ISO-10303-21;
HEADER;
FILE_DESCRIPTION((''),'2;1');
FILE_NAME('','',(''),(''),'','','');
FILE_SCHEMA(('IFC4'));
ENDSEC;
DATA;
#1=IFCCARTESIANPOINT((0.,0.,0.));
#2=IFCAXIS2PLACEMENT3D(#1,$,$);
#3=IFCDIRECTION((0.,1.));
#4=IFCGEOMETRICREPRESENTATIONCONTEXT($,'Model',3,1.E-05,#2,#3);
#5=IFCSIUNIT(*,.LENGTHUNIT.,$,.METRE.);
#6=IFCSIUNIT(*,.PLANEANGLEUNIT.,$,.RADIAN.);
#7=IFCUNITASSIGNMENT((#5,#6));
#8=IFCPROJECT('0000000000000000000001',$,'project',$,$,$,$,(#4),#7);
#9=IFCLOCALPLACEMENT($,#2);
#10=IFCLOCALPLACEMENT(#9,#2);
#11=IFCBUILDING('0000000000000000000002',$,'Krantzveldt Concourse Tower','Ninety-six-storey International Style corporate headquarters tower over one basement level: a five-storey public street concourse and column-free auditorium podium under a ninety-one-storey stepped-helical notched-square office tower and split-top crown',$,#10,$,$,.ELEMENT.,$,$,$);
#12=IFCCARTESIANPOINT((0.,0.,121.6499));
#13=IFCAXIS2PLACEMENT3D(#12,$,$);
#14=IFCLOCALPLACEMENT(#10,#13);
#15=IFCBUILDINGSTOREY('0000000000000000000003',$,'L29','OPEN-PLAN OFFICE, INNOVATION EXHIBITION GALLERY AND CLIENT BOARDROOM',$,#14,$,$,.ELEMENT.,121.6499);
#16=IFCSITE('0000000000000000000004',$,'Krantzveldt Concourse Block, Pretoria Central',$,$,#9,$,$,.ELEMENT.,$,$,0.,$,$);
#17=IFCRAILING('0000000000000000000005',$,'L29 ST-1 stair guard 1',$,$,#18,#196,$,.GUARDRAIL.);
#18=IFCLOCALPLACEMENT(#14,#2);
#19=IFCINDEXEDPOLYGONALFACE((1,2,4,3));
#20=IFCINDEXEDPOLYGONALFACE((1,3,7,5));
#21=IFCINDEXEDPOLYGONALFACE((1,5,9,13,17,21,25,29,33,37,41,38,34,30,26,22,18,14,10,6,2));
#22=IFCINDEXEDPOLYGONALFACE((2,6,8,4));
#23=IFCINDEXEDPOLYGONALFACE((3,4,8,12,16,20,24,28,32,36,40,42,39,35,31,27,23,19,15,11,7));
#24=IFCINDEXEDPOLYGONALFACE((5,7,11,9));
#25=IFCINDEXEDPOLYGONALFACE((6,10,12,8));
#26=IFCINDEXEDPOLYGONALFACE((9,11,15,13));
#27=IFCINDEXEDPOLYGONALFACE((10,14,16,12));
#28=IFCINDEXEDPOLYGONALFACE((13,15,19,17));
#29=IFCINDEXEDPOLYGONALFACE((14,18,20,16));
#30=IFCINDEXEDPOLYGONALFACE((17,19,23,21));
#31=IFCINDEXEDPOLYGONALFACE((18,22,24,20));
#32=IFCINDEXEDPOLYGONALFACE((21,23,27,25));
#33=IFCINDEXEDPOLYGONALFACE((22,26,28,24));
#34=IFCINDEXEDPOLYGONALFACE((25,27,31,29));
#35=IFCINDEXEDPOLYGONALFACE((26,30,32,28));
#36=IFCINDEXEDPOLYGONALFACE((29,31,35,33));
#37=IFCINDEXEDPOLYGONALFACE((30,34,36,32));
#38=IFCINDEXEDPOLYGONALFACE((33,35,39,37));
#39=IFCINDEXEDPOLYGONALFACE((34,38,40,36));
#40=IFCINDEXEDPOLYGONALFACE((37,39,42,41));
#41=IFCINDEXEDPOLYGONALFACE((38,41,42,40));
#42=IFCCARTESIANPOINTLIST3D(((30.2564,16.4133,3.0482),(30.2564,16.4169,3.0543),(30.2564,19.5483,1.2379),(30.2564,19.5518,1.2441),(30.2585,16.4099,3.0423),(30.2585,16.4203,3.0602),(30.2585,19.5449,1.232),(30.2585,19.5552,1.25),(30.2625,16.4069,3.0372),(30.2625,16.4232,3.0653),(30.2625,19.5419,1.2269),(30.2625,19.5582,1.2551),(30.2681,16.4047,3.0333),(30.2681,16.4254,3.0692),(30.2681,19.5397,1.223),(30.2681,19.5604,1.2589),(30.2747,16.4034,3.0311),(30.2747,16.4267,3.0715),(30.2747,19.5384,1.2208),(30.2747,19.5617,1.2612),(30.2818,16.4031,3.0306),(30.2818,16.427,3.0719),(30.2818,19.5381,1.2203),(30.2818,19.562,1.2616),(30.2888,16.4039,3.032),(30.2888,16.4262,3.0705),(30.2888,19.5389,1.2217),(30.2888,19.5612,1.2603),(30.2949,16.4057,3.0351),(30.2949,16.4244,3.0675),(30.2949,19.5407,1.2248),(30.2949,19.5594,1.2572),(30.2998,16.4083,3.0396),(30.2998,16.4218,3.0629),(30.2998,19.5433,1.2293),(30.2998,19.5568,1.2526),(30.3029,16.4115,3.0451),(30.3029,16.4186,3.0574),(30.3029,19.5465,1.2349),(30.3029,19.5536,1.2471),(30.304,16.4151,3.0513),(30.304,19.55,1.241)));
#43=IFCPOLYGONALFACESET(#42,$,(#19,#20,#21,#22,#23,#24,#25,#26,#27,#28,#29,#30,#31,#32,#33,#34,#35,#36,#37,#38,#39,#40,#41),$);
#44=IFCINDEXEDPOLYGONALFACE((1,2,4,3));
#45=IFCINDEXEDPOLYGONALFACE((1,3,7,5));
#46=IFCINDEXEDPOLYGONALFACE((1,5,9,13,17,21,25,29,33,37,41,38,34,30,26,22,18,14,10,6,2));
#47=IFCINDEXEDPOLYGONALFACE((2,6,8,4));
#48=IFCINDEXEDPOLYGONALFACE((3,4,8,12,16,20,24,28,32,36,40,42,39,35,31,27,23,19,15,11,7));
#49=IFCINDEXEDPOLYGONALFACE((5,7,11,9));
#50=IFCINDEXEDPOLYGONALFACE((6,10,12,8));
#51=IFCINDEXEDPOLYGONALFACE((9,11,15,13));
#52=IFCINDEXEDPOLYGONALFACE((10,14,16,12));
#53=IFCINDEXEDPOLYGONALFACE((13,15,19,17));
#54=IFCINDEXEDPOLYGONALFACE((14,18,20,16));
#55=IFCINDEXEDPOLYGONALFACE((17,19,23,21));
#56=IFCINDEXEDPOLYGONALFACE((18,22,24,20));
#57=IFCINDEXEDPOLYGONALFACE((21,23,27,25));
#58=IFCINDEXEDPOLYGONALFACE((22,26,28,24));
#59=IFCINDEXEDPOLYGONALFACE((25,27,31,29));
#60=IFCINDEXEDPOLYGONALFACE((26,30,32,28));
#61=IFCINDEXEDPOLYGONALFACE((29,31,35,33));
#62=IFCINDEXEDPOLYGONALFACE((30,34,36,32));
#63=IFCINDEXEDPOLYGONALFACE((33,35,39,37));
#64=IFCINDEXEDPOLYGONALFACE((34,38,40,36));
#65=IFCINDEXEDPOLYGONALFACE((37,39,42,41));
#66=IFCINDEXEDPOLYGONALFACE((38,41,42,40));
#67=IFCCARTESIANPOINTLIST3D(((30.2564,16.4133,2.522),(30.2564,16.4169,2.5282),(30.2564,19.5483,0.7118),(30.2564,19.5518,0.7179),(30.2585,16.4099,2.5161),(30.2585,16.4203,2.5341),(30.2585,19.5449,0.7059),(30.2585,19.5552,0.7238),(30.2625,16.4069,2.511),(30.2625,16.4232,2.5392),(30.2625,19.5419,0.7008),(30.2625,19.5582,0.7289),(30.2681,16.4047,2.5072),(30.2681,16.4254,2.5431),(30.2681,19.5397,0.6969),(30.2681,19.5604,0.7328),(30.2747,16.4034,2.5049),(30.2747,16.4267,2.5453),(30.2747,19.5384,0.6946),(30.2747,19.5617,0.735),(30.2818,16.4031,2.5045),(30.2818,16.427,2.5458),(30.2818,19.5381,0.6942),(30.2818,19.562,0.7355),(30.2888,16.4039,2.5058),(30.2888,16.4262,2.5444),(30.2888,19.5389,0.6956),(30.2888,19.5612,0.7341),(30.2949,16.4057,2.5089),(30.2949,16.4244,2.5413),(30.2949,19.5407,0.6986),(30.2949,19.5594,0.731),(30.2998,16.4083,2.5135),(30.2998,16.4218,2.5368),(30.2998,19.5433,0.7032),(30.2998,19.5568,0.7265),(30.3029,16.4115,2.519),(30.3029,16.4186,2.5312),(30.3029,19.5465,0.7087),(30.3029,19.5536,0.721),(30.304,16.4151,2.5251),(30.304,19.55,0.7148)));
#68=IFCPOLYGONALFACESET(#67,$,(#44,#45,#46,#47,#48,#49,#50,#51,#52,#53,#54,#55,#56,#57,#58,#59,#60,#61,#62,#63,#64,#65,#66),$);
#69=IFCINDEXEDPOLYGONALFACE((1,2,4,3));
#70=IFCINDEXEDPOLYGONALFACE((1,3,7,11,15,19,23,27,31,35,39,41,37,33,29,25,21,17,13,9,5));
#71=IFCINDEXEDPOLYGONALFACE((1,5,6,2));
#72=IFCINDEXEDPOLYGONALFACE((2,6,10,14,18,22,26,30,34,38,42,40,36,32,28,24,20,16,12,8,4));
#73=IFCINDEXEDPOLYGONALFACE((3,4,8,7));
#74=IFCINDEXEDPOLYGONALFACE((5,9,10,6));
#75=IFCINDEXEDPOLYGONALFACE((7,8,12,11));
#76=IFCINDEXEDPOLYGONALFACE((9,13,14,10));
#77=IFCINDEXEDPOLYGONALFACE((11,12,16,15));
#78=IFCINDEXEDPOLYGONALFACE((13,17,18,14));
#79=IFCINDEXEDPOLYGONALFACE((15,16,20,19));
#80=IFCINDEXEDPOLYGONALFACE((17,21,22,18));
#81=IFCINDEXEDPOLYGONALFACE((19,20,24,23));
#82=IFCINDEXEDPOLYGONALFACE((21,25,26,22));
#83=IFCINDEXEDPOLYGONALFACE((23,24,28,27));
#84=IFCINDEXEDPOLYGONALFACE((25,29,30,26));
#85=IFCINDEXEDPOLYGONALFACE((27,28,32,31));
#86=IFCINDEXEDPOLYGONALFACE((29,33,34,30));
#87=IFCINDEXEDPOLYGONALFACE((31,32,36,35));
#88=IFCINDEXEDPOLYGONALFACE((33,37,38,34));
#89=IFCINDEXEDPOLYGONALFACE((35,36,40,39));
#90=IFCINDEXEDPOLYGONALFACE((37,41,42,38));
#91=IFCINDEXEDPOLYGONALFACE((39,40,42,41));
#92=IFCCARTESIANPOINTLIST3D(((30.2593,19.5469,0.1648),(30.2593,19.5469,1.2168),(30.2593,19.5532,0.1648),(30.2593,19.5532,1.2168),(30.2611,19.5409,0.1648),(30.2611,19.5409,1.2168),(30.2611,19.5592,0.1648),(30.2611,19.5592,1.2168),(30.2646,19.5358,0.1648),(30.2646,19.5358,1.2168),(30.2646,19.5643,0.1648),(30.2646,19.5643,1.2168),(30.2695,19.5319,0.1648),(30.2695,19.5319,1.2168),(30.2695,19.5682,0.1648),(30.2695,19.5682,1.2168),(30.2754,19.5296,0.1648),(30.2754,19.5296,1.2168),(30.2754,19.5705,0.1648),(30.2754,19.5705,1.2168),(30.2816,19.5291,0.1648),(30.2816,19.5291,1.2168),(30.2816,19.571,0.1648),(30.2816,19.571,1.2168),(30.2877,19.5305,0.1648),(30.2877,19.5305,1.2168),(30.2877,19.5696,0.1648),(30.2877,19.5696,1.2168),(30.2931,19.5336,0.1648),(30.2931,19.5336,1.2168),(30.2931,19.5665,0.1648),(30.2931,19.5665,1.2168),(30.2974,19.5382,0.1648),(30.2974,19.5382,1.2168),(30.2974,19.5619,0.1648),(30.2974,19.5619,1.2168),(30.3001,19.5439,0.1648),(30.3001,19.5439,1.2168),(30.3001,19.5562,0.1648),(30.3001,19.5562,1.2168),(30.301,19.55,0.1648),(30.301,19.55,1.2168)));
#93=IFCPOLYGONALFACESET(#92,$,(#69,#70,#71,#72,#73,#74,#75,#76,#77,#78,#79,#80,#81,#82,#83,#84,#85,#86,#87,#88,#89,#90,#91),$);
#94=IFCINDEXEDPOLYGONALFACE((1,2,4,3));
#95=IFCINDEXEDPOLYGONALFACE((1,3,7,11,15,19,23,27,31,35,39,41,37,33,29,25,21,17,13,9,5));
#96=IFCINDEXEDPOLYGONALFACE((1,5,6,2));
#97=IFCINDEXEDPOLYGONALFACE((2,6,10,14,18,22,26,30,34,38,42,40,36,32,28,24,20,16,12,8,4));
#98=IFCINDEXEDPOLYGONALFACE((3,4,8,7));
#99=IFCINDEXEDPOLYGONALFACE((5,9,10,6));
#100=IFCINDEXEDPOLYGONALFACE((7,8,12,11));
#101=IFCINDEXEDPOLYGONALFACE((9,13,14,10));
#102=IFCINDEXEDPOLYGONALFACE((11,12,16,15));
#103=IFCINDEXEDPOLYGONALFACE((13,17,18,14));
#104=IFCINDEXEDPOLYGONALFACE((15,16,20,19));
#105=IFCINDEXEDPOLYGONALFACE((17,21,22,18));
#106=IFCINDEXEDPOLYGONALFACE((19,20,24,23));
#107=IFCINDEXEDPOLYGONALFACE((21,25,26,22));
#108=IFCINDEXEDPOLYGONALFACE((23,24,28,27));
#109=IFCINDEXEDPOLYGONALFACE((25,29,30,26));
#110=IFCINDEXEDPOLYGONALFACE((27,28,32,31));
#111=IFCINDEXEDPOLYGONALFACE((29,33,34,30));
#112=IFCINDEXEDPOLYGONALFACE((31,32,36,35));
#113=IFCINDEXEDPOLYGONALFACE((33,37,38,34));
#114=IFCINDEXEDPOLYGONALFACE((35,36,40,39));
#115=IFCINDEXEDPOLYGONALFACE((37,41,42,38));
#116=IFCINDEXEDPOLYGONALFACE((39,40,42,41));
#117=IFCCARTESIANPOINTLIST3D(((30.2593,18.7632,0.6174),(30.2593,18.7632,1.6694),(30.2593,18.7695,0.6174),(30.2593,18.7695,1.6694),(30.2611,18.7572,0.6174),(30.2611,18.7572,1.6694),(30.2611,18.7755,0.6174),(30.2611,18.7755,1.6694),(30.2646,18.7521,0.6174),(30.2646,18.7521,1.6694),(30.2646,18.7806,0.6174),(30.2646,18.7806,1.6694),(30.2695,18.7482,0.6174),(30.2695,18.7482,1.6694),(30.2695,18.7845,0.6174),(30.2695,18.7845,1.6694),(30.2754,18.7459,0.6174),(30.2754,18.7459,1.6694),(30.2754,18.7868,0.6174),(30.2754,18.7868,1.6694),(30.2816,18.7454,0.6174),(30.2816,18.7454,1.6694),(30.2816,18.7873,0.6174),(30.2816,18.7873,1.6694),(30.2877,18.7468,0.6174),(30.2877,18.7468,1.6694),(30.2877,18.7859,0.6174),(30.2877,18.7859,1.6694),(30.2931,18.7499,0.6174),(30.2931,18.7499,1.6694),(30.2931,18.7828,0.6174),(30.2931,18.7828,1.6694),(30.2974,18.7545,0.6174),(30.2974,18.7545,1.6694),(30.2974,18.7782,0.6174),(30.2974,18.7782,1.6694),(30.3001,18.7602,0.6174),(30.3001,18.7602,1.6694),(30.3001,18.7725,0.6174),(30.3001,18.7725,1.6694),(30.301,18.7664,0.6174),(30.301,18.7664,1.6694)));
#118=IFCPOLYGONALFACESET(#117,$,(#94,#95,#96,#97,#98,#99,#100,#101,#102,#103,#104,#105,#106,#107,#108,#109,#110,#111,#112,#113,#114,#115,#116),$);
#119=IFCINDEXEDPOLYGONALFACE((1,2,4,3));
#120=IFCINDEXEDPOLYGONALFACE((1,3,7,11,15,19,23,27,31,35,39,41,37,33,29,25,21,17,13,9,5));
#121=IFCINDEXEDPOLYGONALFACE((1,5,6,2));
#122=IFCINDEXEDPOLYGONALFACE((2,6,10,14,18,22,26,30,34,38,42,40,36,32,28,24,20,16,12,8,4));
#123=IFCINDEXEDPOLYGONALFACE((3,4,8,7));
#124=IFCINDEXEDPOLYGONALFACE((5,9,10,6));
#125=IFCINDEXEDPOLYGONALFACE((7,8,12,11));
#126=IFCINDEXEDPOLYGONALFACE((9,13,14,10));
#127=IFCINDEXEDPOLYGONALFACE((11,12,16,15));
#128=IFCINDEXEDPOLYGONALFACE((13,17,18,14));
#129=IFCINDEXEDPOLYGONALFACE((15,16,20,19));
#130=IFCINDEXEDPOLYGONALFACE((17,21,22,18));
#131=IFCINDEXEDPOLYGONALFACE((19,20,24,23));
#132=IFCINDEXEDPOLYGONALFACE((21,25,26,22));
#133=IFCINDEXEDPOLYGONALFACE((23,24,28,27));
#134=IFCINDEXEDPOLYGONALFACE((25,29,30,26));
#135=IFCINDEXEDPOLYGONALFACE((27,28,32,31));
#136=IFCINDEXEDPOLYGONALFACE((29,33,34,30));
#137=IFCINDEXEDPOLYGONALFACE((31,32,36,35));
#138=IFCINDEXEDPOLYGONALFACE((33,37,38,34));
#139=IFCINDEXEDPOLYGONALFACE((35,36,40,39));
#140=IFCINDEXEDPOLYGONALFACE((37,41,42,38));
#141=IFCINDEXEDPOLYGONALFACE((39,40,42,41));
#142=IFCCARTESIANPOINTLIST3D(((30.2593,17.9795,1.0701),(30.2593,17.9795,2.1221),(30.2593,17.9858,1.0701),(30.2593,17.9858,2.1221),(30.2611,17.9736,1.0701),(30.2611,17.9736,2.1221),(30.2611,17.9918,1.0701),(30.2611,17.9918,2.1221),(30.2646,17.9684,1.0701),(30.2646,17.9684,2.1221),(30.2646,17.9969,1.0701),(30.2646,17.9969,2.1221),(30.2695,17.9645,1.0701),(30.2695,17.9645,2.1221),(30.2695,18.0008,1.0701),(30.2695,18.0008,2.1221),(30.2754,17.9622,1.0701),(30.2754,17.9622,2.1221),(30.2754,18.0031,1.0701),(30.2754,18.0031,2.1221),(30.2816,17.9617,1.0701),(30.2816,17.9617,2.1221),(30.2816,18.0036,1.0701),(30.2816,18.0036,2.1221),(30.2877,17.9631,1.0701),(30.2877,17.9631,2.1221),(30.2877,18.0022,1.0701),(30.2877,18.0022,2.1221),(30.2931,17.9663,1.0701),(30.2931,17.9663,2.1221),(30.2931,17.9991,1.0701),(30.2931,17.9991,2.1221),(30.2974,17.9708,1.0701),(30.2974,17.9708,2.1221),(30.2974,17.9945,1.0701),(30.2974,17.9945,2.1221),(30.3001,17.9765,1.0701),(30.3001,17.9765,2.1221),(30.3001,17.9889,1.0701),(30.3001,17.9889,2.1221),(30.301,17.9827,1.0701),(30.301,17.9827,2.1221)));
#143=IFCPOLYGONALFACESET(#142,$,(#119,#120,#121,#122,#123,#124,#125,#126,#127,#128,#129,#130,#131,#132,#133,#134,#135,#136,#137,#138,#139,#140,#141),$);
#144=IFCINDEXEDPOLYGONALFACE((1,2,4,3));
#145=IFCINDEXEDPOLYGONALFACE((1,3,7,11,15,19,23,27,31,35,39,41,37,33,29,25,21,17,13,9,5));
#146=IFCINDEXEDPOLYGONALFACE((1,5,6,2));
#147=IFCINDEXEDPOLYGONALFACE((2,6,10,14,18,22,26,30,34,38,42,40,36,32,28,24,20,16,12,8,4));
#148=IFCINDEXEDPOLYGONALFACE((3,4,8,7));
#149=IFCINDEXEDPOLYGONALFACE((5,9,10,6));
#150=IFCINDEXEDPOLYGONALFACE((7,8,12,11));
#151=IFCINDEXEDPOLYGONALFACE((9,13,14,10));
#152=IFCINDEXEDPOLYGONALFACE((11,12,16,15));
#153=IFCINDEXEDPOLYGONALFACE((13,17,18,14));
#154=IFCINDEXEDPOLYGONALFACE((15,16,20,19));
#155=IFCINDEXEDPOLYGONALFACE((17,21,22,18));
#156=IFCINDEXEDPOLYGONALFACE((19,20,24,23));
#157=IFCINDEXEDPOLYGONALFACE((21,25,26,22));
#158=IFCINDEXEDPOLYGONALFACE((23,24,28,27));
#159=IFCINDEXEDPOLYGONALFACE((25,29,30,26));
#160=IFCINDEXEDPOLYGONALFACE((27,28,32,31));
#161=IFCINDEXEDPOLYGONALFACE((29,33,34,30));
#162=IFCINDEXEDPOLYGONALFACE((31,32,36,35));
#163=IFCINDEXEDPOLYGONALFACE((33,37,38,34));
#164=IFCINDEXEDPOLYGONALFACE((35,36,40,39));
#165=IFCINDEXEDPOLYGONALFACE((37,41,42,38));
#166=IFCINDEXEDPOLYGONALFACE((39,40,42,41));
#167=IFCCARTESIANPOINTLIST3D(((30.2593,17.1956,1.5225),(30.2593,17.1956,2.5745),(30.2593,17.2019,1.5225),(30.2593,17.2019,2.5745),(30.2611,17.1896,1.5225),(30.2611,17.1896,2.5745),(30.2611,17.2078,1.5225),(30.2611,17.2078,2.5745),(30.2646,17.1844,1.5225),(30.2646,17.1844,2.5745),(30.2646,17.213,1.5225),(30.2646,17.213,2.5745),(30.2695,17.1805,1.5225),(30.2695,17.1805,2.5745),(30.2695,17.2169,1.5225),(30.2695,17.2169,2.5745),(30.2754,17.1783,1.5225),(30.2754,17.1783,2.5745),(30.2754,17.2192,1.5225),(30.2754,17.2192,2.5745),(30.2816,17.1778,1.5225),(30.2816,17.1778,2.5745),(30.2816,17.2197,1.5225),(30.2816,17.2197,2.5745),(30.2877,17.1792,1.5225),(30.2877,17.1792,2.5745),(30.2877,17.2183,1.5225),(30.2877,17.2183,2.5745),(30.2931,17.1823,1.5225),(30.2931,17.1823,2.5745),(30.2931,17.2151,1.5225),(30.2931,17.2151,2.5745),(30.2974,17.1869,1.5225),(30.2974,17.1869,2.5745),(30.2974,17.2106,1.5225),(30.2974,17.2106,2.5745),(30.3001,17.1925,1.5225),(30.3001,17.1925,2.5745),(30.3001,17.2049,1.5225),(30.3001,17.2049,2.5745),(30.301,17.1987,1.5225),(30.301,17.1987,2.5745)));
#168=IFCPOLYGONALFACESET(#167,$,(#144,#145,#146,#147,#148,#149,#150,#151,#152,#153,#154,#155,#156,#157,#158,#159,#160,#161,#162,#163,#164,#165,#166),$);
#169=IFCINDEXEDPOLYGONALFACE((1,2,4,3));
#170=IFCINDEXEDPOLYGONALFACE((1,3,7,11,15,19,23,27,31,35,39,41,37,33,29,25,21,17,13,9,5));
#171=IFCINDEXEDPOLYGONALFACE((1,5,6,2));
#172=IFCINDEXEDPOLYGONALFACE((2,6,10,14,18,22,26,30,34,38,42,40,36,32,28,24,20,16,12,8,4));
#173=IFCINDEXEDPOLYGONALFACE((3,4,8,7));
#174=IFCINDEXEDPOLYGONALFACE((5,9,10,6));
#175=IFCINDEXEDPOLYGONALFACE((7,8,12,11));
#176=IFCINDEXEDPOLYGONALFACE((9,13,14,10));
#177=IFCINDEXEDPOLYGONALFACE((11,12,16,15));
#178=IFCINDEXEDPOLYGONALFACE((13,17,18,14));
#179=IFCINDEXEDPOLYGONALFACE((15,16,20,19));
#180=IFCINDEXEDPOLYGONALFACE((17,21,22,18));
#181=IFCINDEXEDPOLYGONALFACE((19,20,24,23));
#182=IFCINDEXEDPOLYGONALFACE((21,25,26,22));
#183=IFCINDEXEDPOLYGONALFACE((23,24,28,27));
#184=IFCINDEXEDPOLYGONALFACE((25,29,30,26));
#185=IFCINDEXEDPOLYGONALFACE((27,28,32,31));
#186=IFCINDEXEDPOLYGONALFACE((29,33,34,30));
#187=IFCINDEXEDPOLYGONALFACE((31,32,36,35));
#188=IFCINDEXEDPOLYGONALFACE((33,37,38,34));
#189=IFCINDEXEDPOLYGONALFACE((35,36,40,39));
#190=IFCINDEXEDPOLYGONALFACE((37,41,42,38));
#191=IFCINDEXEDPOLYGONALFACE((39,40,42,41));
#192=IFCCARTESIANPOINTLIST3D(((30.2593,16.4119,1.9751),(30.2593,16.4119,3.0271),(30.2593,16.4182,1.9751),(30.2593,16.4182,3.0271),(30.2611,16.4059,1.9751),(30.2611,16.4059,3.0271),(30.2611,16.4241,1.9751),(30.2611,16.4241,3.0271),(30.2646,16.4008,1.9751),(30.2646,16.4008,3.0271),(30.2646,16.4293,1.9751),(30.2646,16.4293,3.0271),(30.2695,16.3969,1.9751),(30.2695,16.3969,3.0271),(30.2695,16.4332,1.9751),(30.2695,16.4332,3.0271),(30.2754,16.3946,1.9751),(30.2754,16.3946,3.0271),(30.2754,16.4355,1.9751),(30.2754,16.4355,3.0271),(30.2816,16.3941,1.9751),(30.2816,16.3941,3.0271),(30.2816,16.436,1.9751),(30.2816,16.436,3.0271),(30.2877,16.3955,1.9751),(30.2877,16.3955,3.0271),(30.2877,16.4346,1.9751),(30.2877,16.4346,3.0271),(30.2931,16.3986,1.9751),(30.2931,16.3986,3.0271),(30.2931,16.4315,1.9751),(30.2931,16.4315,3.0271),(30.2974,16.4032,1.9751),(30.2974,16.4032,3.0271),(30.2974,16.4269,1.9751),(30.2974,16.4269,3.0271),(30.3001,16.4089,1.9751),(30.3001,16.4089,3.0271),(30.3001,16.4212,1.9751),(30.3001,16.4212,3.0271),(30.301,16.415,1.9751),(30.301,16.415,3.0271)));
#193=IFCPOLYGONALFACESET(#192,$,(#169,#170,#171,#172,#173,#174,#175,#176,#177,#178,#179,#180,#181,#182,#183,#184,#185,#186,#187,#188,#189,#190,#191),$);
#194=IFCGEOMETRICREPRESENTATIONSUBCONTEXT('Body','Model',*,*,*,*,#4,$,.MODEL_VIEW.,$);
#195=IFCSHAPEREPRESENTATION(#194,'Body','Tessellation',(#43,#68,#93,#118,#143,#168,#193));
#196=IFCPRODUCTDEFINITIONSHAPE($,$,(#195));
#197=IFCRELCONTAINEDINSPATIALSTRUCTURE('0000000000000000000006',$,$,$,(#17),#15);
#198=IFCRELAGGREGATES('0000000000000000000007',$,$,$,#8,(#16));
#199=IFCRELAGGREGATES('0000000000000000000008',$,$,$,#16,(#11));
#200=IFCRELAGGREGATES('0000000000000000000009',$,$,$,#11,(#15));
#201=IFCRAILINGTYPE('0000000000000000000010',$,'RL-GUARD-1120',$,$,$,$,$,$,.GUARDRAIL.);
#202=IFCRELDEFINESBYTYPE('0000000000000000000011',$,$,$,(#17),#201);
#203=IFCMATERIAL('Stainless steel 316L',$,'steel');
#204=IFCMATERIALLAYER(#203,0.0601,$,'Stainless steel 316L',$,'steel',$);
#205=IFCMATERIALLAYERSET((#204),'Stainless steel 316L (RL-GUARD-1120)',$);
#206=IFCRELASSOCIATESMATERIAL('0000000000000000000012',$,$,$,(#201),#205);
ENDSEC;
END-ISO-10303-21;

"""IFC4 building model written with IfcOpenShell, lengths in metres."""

from ifc_helpers import new_model, si_unit, direction, frame, origin, origin_2d, place, context, subcontext, project, spatial, circle, extrude, material, layer, layer_set, type_object, element, save


model = new_model("IFC4")

# Units and contexts
model_context = context("Model", 3, precision=1e-05, world=origin(), true_north=direction((0.0, 1.0)))
body_context = subcontext(model_context, "Body", "Model", "MODEL_VIEW")
ifc_project = project(units=[si_unit("LENGTHUNIT", "METRE"), si_unit("PLANEANGLEUNIT", "RADIAN")], contexts=[model_context])

# Site, building, storey
site_placement = place(None, origin())
site = spatial("IfcSite", under=ifc_project, at=site_placement, Name="Krantzveldt Concourse Block, Pretoria Central", CompositionType="ELEMENT", RefElevation=0.0)
building_placement = place(site_placement, origin())
building = spatial("IfcBuilding", under=site, at=building_placement, Name="Krantzveldt Concourse Tower", Description="Ninety-six-storey International Style corporate headquarters tower over one basement level: a five-storey public street concourse and column-free auditorium podium under a ninety-one-storey stepped-helical notched-square office tower and split-top crown", CompositionType="ELEMENT")
storey_placement = place(building_placement, frame((0.0, 0.0, 121.6499)))
storey = spatial("IfcBuildingStorey", under=building, at=storey_placement, Name="L29", Description="OPEN-PLAN OFFICE, INNOVATION EXHIBITION GALLERY AND CLIENT BOARDROOM", CompositionType="ELEMENT", Elevation=121.6499)

# Railing
ifc_material_1 = material(Name="Stainless steel 316L", Category="steel")
ifc_layer_1 = layer(ifc_material_1, 0.0601, Name="Stainless steel 316L", Category="steel")
ifc_layer_set_1 = layer_set([ifc_layer_1], Name="Stainless steel 316L (RL-GUARD-1120)")
railing_type_1 = type_object("IfcRailingType", Name="RL-GUARD-1120", PredefinedType="GUARDRAIL", material=ifc_layer_set_1)
railing_1_placement = place(storey_placement, frame((30.28, 19.55, 0.1648)))
element("IfcRailing", 1, at=railing_1_placement, inside=storey, type_object=railing_type_1, Name="L29 ST-1 stair guard 1", PredefinedType="GUARDRAIL", context=body_context, shape_type="SweptSolid", body=[
    extrude(circle(Radius=0.0239, at=origin_2d()), frame((0.0, 0.0, 1.0762), z_axis=(0.0, -0.865989, 0.500063), x_axis=(1.0, 0.0, 0.0)), (0.0, 0.0, 1.0), 3.6201),
    extrude(circle(Radius=0.0239, at=origin_2d()), frame((0.0, 0.0, 0.55), z_axis=(0.0, -0.865989, 0.500063), x_axis=(1.0, 0.0, 0.0)), (0.0, 0.0, 1.0), 3.6201),
    extrude(circle(Radius=0.021, at=origin_2d()), origin(), (0.0, 0.0, 1.0), 1.052),
    extrude(circle(Radius=0.021, at=origin_2d()), frame((0.0, -0.7837, 0.4526)), (0.0, 0.0, 1.0), 1.052),
    extrude(circle(Radius=0.021, at=origin_2d()), frame((0.0, -1.5674, 0.9053)), (0.0, 0.0, 1.0), 1.052),
    extrude(circle(Radius=0.021, at=origin_2d()), frame((0.0, -2.3513, 1.3577)), (0.0, 0.0, 1.0), 1.052),
    extrude(circle(Radius=0.021, at=origin_2d()), frame((0.0, -3.135, 1.8103)), (0.0, 0.0, 1.0), 1.052),
])

save(model, "model.ifc")
